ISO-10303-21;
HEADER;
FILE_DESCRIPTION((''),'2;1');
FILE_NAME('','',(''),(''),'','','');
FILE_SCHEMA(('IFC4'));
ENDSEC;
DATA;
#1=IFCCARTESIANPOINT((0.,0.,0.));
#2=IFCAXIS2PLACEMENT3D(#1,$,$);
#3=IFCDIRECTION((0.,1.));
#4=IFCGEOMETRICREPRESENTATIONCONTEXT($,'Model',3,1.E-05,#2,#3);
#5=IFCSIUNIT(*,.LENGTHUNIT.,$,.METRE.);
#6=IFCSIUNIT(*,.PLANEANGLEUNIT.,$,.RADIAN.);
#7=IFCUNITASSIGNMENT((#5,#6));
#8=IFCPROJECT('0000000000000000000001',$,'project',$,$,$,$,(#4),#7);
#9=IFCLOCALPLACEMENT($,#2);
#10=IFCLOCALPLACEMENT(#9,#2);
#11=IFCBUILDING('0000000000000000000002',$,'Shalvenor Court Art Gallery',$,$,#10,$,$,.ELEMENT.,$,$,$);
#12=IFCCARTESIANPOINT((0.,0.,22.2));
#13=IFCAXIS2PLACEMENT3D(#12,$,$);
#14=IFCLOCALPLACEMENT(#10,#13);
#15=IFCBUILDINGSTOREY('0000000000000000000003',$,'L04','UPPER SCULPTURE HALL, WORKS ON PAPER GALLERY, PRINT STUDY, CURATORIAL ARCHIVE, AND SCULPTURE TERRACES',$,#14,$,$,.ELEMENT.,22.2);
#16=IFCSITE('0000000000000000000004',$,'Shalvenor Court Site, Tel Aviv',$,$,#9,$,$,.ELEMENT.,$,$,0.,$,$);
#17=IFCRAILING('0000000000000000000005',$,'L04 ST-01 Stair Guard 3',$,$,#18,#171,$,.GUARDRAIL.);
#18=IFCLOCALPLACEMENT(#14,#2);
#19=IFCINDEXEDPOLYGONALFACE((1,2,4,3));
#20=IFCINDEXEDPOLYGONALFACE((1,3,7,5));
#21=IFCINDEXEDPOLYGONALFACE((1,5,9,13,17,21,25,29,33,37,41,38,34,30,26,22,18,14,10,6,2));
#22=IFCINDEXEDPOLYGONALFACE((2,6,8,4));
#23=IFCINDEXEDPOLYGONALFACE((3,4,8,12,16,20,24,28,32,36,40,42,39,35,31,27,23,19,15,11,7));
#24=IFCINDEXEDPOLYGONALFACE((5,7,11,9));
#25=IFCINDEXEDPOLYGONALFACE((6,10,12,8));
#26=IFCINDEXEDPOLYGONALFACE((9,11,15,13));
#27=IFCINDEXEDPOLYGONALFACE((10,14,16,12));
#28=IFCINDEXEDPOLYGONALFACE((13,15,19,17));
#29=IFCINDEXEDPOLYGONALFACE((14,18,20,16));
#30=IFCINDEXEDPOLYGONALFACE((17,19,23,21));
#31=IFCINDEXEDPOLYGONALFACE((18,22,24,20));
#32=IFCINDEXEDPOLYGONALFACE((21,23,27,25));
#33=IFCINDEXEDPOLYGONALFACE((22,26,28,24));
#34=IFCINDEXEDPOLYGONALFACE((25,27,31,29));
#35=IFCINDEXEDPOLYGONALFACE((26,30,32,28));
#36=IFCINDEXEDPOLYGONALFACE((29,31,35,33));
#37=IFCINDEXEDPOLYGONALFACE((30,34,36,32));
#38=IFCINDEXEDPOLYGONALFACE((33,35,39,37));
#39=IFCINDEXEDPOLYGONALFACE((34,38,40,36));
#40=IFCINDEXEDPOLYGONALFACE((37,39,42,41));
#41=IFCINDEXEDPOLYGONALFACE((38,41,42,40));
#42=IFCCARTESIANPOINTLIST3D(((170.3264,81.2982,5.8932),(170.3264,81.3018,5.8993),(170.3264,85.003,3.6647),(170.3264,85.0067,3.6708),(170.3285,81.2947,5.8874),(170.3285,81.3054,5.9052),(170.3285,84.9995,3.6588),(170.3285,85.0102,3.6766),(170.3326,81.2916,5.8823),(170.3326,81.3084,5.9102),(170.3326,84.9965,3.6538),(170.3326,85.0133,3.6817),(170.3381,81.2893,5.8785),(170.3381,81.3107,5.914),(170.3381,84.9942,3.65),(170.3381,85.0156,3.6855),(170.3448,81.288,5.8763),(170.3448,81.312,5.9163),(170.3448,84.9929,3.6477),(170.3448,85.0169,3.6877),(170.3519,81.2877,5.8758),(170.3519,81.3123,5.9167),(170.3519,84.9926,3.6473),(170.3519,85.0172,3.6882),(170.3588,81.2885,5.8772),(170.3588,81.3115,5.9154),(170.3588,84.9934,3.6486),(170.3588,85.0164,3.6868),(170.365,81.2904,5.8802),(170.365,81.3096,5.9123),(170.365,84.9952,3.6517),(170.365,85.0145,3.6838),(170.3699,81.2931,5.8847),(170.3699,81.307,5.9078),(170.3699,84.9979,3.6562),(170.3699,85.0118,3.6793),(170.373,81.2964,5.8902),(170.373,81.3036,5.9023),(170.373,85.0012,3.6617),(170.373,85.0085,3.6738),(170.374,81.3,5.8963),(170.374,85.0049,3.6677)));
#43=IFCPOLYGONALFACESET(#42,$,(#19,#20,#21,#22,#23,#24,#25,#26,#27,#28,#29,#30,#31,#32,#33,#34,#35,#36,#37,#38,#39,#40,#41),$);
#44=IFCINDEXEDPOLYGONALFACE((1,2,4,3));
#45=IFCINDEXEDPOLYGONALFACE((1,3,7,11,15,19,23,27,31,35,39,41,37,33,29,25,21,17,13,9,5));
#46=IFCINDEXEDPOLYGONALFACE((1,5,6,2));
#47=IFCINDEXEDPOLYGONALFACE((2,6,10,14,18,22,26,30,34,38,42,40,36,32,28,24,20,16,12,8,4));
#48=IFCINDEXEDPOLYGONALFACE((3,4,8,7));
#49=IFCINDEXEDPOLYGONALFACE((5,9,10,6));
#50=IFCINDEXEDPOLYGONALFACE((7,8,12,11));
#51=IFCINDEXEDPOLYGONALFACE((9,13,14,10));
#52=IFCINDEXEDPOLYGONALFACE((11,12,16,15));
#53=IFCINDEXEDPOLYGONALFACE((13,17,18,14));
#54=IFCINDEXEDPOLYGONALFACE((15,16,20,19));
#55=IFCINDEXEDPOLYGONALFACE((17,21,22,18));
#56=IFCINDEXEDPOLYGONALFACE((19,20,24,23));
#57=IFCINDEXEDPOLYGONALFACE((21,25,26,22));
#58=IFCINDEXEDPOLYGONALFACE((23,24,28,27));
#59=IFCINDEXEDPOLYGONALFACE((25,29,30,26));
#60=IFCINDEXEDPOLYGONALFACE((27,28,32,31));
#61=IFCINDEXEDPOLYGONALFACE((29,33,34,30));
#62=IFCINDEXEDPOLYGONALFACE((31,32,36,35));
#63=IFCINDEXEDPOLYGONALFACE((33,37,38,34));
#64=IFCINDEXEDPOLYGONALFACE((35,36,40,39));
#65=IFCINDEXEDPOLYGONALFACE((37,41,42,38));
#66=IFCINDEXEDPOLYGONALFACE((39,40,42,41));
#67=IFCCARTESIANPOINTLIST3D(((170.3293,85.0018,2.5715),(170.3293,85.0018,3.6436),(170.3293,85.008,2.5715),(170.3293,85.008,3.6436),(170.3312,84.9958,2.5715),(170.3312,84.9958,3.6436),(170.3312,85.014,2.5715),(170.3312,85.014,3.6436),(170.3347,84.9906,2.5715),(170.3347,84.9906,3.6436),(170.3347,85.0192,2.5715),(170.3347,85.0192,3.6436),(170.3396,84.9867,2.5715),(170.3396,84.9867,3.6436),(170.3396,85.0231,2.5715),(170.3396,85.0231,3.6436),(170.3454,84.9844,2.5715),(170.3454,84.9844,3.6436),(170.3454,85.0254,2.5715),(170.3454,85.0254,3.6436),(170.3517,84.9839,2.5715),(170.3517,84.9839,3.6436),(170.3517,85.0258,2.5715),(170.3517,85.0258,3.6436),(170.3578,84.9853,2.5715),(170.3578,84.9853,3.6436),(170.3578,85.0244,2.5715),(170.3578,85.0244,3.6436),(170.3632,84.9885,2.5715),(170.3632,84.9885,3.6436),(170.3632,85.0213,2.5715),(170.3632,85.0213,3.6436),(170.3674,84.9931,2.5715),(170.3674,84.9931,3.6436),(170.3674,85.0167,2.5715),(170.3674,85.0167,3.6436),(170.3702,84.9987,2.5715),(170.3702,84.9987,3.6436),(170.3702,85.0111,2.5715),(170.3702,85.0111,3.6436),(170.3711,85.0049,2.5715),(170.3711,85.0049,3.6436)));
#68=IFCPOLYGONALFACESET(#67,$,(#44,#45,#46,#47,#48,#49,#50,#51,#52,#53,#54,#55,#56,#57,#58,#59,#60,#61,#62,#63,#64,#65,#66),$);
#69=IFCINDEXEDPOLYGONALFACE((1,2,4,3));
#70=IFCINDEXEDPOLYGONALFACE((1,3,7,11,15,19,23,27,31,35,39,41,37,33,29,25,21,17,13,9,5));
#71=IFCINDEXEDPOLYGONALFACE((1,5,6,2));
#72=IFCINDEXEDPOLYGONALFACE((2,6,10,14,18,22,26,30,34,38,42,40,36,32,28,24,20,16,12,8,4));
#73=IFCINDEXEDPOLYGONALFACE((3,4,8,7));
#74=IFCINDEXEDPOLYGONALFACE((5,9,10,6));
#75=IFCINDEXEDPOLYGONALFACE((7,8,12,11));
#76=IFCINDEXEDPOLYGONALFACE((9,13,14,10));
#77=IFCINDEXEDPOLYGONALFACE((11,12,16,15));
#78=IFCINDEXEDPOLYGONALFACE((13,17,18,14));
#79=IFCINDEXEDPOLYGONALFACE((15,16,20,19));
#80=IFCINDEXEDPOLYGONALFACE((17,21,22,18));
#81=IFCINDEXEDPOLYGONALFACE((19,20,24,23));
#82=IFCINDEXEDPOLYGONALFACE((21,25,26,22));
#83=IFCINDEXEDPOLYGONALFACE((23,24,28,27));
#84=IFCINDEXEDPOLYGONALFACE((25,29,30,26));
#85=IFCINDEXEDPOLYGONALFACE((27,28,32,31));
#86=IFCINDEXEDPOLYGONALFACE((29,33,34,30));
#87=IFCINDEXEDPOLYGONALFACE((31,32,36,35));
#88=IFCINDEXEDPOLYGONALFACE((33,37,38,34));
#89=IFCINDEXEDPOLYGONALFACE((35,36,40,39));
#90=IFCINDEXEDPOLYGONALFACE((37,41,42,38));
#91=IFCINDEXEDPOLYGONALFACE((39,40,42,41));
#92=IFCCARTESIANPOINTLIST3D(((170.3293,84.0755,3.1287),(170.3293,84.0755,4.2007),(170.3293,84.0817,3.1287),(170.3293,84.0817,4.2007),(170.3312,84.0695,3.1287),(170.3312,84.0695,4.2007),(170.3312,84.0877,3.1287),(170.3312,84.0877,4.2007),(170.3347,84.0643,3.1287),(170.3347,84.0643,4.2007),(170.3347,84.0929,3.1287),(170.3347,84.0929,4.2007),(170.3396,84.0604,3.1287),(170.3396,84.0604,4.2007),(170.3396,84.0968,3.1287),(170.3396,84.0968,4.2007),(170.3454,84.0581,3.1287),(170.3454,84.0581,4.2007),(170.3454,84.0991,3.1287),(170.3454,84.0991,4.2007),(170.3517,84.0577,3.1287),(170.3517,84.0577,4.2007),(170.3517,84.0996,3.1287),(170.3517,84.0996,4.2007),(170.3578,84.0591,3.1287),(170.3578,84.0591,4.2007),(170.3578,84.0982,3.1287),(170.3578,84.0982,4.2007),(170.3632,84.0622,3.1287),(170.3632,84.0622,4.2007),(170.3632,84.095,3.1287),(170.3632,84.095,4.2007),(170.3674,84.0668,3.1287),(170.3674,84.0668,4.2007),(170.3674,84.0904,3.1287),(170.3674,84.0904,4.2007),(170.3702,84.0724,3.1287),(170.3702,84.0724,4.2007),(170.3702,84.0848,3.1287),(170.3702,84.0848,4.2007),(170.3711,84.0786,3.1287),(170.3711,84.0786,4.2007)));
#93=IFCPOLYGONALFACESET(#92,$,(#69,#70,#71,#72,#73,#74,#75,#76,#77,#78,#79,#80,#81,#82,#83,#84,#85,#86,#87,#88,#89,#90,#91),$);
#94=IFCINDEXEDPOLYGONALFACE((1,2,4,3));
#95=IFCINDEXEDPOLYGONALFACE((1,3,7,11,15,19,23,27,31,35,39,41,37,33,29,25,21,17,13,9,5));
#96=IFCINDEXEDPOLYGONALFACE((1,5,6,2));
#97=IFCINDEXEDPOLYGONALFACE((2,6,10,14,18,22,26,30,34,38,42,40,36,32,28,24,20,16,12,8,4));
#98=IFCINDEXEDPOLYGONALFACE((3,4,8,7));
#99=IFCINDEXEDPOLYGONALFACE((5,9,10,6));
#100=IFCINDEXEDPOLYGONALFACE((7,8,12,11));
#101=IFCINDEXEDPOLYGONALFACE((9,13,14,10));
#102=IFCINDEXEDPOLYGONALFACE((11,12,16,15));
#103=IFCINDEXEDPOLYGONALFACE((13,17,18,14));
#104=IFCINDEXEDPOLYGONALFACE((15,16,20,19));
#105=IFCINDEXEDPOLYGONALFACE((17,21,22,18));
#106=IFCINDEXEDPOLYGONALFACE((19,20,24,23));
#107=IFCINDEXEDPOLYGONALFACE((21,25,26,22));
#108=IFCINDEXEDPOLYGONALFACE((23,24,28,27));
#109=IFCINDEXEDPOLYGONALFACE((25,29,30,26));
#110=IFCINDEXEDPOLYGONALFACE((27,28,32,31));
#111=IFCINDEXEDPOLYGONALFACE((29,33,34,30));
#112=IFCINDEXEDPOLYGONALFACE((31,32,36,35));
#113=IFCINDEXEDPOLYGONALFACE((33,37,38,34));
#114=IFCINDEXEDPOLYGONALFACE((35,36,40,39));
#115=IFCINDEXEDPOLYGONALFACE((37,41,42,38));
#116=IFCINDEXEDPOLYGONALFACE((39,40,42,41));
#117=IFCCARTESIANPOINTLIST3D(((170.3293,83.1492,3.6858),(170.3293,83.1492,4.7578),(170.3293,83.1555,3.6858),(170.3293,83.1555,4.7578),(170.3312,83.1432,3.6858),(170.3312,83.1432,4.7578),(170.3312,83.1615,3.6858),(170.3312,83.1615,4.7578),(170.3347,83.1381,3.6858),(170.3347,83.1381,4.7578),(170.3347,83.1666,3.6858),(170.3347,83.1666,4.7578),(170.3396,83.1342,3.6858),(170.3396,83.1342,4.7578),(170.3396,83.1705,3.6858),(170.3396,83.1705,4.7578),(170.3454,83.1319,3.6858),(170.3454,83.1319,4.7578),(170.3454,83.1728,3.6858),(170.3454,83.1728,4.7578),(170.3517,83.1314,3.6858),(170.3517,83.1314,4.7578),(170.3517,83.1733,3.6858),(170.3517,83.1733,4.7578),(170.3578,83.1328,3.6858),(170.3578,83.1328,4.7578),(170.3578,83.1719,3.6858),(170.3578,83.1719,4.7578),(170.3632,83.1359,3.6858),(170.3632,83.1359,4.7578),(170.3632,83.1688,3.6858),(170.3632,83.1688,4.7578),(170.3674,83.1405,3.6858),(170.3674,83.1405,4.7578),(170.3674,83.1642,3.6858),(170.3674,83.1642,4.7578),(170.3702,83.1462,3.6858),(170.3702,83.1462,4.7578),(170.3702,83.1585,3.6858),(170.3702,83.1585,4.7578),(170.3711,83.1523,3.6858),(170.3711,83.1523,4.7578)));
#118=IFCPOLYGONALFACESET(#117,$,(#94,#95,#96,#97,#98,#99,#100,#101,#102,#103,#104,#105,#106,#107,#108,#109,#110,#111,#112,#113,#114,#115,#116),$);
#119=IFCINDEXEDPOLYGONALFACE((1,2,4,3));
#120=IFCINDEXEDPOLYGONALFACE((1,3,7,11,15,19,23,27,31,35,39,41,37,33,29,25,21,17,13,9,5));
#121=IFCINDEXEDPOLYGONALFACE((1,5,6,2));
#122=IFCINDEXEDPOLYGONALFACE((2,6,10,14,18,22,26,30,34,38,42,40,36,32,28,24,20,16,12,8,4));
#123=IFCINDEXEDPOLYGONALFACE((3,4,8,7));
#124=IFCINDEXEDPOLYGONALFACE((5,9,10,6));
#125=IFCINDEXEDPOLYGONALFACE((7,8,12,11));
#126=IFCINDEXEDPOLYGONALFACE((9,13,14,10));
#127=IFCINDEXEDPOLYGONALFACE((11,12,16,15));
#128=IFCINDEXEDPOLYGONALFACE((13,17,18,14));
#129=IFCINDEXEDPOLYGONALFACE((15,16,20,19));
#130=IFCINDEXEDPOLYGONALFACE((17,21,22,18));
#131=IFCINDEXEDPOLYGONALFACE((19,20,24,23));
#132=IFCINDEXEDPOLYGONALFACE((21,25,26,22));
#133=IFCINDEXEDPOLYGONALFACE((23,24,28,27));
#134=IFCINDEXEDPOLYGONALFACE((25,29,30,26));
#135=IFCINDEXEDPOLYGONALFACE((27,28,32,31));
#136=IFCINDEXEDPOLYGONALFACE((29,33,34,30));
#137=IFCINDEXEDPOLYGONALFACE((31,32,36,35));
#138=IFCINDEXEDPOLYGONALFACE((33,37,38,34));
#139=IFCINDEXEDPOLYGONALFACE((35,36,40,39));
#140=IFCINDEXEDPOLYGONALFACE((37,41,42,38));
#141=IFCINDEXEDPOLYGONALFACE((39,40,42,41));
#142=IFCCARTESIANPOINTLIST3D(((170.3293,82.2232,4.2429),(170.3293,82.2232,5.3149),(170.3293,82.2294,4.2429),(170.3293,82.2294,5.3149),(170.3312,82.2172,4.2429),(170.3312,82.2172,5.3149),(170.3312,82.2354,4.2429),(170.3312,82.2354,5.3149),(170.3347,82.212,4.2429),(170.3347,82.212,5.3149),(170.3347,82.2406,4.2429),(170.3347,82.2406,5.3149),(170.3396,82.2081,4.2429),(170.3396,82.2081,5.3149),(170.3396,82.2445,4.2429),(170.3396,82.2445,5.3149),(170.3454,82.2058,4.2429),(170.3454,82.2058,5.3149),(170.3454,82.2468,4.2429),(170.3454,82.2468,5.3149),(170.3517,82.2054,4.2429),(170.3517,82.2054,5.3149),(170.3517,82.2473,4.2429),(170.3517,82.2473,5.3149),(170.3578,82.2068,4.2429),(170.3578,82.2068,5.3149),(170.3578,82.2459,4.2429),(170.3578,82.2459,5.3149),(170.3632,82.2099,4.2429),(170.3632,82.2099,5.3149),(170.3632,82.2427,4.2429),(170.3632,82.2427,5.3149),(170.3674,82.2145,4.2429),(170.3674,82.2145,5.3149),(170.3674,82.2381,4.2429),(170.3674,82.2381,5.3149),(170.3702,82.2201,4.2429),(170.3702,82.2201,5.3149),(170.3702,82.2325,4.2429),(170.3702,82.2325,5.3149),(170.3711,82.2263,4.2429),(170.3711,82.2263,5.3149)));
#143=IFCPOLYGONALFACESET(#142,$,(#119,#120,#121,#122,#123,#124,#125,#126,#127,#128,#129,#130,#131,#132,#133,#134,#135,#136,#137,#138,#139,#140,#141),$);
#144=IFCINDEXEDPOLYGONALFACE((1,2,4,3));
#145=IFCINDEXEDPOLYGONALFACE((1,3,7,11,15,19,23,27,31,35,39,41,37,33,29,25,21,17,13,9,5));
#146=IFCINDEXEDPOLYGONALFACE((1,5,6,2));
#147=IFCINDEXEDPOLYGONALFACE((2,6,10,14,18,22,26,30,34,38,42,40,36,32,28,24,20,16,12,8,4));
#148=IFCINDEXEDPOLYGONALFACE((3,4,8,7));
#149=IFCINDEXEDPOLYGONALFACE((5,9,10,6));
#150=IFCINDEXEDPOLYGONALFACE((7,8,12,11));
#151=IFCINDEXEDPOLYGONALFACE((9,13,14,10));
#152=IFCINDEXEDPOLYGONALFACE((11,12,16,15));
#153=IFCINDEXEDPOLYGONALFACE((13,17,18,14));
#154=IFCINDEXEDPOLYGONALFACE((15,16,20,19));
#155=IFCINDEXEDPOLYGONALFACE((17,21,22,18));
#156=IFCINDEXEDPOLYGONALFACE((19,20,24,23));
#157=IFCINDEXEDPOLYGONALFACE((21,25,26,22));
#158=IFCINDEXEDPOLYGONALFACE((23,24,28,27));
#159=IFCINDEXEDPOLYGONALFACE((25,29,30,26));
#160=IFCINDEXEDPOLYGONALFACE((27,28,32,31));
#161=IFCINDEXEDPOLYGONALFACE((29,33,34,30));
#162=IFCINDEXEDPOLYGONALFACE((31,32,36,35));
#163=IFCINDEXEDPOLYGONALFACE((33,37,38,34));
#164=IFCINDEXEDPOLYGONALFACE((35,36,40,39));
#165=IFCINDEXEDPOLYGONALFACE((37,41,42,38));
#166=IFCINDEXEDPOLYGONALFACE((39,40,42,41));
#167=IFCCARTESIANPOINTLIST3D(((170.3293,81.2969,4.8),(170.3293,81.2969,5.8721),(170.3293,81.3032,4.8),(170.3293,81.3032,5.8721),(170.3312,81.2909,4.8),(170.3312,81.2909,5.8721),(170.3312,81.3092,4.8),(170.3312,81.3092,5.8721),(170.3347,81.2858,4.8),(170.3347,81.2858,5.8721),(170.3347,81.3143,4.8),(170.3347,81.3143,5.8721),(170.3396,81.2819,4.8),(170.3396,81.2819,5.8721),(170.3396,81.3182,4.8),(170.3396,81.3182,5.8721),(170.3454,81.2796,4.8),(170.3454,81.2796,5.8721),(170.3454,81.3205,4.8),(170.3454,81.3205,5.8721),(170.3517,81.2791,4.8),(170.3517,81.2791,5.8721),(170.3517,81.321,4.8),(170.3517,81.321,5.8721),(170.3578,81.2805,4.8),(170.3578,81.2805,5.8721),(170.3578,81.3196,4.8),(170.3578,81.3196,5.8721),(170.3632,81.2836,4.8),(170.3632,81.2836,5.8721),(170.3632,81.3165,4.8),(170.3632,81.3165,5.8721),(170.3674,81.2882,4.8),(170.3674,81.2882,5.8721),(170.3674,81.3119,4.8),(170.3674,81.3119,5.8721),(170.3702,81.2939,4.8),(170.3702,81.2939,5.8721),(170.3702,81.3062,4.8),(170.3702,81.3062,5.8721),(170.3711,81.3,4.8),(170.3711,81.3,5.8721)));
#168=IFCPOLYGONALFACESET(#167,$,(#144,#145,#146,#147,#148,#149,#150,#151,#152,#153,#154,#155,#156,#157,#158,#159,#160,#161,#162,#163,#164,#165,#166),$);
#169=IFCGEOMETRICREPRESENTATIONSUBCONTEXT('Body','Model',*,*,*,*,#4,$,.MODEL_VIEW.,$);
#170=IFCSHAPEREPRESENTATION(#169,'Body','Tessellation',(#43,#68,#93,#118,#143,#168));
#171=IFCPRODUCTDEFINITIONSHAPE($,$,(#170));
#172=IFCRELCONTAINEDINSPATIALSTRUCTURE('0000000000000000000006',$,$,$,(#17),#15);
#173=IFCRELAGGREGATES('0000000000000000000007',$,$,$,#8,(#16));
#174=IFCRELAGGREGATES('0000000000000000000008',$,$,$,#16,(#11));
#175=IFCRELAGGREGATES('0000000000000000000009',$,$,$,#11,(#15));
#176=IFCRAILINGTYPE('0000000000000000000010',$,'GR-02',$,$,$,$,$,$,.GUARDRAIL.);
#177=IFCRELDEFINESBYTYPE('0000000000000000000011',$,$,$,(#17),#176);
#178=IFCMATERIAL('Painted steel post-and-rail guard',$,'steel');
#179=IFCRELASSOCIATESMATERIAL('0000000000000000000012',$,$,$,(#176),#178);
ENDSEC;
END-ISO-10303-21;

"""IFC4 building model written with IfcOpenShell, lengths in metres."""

from ifc_helpers import new_model, si_unit, direction, frame, origin, origin_2d, place, context, subcontext, project, spatial, circle, extrude, material, type_object, element, save


model = new_model("IFC4")

# Units and contexts
model_context = context("Model", 3, precision=1e-05, world=origin(), true_north=direction((0.0, 1.0)))
body_context = subcontext(model_context, "Body", "Model", "MODEL_VIEW")
ifc_project = project(units=[si_unit("LENGTHUNIT", "METRE"), si_unit("PLANEANGLEUNIT", "RADIAN")], contexts=[model_context])

# Site, building, storey
site_placement = place(None, origin())
site = spatial("IfcSite", under=ifc_project, at=site_placement, Name="Shalvenor Court Site, Tel Aviv", CompositionType="ELEMENT", RefElevation=0.0)
building_placement = place(site_placement, origin())
building = spatial("IfcBuilding", under=site, at=building_placement, Name="Shalvenor Court Art Gallery", CompositionType="ELEMENT")
storey_placement = place(building_placement, frame((0.0, 0.0, 22.2)))
storey = spatial("IfcBuildingStorey", under=building, at=storey_placement, Name="L04", Description="UPPER SCULPTURE HALL, WORKS ON PAPER GALLERY, PRINT STUDY, CURATORIAL ARCHIVE, AND SCULPTURE TERRACES", CompositionType="ELEMENT", Elevation=22.2)

# Railing
ifc_material_1 = material(Name="Painted steel post-and-rail guard", Category="steel")
railing_type_1 = type_object("IfcRailingType", Name="GR-02", PredefinedType="GUARDRAIL", material=ifc_material_1)
railing_1_placement = place(storey_placement, frame((170.3501, 85.0049, 2.5715)))
element("IfcRailing", 1, at=railing_1_placement, inside=storey, type_object=railing_type_1, Name="L04 ST-01 Stair Guard 3", PredefinedType="GUARDRAIL", context=body_context, shape_type="SweptSolid", body=[
    extrude(circle(Radius=0.0239, at=origin_2d()), frame((0.0, 0.0, 1.0962), z_axis=(0.0, -0.856919, 0.51545), x_axis=(1.0, 0.0, 0.0)), (0.0, 0.0, 1.0), 4.3235),
    extrude(circle(Radius=0.021, at=origin_2d()), origin(), (0.0, 0.0, 1.0), 1.072),
    extrude(circle(Radius=0.021, at=origin_2d()), frame((0.0, -0.9263, 0.5571)), (0.0, 0.0, 1.0), 1.072),
    extrude(circle(Radius=0.021, at=origin_2d()), frame((0.0, -1.8525, 1.1143)), (0.0, 0.0, 1.0), 1.072),
    extrude(circle(Radius=0.021, at=origin_2d()), frame((0.0, -2.7786, 1.6714)), (0.0, 0.0, 1.0), 1.072),
    extrude(circle(Radius=0.021, at=origin_2d()), frame((0.0, -3.7048, 2.2285)), (0.0, 0.0, 1.0), 1.072),
])

save(model, "model.ifc")
